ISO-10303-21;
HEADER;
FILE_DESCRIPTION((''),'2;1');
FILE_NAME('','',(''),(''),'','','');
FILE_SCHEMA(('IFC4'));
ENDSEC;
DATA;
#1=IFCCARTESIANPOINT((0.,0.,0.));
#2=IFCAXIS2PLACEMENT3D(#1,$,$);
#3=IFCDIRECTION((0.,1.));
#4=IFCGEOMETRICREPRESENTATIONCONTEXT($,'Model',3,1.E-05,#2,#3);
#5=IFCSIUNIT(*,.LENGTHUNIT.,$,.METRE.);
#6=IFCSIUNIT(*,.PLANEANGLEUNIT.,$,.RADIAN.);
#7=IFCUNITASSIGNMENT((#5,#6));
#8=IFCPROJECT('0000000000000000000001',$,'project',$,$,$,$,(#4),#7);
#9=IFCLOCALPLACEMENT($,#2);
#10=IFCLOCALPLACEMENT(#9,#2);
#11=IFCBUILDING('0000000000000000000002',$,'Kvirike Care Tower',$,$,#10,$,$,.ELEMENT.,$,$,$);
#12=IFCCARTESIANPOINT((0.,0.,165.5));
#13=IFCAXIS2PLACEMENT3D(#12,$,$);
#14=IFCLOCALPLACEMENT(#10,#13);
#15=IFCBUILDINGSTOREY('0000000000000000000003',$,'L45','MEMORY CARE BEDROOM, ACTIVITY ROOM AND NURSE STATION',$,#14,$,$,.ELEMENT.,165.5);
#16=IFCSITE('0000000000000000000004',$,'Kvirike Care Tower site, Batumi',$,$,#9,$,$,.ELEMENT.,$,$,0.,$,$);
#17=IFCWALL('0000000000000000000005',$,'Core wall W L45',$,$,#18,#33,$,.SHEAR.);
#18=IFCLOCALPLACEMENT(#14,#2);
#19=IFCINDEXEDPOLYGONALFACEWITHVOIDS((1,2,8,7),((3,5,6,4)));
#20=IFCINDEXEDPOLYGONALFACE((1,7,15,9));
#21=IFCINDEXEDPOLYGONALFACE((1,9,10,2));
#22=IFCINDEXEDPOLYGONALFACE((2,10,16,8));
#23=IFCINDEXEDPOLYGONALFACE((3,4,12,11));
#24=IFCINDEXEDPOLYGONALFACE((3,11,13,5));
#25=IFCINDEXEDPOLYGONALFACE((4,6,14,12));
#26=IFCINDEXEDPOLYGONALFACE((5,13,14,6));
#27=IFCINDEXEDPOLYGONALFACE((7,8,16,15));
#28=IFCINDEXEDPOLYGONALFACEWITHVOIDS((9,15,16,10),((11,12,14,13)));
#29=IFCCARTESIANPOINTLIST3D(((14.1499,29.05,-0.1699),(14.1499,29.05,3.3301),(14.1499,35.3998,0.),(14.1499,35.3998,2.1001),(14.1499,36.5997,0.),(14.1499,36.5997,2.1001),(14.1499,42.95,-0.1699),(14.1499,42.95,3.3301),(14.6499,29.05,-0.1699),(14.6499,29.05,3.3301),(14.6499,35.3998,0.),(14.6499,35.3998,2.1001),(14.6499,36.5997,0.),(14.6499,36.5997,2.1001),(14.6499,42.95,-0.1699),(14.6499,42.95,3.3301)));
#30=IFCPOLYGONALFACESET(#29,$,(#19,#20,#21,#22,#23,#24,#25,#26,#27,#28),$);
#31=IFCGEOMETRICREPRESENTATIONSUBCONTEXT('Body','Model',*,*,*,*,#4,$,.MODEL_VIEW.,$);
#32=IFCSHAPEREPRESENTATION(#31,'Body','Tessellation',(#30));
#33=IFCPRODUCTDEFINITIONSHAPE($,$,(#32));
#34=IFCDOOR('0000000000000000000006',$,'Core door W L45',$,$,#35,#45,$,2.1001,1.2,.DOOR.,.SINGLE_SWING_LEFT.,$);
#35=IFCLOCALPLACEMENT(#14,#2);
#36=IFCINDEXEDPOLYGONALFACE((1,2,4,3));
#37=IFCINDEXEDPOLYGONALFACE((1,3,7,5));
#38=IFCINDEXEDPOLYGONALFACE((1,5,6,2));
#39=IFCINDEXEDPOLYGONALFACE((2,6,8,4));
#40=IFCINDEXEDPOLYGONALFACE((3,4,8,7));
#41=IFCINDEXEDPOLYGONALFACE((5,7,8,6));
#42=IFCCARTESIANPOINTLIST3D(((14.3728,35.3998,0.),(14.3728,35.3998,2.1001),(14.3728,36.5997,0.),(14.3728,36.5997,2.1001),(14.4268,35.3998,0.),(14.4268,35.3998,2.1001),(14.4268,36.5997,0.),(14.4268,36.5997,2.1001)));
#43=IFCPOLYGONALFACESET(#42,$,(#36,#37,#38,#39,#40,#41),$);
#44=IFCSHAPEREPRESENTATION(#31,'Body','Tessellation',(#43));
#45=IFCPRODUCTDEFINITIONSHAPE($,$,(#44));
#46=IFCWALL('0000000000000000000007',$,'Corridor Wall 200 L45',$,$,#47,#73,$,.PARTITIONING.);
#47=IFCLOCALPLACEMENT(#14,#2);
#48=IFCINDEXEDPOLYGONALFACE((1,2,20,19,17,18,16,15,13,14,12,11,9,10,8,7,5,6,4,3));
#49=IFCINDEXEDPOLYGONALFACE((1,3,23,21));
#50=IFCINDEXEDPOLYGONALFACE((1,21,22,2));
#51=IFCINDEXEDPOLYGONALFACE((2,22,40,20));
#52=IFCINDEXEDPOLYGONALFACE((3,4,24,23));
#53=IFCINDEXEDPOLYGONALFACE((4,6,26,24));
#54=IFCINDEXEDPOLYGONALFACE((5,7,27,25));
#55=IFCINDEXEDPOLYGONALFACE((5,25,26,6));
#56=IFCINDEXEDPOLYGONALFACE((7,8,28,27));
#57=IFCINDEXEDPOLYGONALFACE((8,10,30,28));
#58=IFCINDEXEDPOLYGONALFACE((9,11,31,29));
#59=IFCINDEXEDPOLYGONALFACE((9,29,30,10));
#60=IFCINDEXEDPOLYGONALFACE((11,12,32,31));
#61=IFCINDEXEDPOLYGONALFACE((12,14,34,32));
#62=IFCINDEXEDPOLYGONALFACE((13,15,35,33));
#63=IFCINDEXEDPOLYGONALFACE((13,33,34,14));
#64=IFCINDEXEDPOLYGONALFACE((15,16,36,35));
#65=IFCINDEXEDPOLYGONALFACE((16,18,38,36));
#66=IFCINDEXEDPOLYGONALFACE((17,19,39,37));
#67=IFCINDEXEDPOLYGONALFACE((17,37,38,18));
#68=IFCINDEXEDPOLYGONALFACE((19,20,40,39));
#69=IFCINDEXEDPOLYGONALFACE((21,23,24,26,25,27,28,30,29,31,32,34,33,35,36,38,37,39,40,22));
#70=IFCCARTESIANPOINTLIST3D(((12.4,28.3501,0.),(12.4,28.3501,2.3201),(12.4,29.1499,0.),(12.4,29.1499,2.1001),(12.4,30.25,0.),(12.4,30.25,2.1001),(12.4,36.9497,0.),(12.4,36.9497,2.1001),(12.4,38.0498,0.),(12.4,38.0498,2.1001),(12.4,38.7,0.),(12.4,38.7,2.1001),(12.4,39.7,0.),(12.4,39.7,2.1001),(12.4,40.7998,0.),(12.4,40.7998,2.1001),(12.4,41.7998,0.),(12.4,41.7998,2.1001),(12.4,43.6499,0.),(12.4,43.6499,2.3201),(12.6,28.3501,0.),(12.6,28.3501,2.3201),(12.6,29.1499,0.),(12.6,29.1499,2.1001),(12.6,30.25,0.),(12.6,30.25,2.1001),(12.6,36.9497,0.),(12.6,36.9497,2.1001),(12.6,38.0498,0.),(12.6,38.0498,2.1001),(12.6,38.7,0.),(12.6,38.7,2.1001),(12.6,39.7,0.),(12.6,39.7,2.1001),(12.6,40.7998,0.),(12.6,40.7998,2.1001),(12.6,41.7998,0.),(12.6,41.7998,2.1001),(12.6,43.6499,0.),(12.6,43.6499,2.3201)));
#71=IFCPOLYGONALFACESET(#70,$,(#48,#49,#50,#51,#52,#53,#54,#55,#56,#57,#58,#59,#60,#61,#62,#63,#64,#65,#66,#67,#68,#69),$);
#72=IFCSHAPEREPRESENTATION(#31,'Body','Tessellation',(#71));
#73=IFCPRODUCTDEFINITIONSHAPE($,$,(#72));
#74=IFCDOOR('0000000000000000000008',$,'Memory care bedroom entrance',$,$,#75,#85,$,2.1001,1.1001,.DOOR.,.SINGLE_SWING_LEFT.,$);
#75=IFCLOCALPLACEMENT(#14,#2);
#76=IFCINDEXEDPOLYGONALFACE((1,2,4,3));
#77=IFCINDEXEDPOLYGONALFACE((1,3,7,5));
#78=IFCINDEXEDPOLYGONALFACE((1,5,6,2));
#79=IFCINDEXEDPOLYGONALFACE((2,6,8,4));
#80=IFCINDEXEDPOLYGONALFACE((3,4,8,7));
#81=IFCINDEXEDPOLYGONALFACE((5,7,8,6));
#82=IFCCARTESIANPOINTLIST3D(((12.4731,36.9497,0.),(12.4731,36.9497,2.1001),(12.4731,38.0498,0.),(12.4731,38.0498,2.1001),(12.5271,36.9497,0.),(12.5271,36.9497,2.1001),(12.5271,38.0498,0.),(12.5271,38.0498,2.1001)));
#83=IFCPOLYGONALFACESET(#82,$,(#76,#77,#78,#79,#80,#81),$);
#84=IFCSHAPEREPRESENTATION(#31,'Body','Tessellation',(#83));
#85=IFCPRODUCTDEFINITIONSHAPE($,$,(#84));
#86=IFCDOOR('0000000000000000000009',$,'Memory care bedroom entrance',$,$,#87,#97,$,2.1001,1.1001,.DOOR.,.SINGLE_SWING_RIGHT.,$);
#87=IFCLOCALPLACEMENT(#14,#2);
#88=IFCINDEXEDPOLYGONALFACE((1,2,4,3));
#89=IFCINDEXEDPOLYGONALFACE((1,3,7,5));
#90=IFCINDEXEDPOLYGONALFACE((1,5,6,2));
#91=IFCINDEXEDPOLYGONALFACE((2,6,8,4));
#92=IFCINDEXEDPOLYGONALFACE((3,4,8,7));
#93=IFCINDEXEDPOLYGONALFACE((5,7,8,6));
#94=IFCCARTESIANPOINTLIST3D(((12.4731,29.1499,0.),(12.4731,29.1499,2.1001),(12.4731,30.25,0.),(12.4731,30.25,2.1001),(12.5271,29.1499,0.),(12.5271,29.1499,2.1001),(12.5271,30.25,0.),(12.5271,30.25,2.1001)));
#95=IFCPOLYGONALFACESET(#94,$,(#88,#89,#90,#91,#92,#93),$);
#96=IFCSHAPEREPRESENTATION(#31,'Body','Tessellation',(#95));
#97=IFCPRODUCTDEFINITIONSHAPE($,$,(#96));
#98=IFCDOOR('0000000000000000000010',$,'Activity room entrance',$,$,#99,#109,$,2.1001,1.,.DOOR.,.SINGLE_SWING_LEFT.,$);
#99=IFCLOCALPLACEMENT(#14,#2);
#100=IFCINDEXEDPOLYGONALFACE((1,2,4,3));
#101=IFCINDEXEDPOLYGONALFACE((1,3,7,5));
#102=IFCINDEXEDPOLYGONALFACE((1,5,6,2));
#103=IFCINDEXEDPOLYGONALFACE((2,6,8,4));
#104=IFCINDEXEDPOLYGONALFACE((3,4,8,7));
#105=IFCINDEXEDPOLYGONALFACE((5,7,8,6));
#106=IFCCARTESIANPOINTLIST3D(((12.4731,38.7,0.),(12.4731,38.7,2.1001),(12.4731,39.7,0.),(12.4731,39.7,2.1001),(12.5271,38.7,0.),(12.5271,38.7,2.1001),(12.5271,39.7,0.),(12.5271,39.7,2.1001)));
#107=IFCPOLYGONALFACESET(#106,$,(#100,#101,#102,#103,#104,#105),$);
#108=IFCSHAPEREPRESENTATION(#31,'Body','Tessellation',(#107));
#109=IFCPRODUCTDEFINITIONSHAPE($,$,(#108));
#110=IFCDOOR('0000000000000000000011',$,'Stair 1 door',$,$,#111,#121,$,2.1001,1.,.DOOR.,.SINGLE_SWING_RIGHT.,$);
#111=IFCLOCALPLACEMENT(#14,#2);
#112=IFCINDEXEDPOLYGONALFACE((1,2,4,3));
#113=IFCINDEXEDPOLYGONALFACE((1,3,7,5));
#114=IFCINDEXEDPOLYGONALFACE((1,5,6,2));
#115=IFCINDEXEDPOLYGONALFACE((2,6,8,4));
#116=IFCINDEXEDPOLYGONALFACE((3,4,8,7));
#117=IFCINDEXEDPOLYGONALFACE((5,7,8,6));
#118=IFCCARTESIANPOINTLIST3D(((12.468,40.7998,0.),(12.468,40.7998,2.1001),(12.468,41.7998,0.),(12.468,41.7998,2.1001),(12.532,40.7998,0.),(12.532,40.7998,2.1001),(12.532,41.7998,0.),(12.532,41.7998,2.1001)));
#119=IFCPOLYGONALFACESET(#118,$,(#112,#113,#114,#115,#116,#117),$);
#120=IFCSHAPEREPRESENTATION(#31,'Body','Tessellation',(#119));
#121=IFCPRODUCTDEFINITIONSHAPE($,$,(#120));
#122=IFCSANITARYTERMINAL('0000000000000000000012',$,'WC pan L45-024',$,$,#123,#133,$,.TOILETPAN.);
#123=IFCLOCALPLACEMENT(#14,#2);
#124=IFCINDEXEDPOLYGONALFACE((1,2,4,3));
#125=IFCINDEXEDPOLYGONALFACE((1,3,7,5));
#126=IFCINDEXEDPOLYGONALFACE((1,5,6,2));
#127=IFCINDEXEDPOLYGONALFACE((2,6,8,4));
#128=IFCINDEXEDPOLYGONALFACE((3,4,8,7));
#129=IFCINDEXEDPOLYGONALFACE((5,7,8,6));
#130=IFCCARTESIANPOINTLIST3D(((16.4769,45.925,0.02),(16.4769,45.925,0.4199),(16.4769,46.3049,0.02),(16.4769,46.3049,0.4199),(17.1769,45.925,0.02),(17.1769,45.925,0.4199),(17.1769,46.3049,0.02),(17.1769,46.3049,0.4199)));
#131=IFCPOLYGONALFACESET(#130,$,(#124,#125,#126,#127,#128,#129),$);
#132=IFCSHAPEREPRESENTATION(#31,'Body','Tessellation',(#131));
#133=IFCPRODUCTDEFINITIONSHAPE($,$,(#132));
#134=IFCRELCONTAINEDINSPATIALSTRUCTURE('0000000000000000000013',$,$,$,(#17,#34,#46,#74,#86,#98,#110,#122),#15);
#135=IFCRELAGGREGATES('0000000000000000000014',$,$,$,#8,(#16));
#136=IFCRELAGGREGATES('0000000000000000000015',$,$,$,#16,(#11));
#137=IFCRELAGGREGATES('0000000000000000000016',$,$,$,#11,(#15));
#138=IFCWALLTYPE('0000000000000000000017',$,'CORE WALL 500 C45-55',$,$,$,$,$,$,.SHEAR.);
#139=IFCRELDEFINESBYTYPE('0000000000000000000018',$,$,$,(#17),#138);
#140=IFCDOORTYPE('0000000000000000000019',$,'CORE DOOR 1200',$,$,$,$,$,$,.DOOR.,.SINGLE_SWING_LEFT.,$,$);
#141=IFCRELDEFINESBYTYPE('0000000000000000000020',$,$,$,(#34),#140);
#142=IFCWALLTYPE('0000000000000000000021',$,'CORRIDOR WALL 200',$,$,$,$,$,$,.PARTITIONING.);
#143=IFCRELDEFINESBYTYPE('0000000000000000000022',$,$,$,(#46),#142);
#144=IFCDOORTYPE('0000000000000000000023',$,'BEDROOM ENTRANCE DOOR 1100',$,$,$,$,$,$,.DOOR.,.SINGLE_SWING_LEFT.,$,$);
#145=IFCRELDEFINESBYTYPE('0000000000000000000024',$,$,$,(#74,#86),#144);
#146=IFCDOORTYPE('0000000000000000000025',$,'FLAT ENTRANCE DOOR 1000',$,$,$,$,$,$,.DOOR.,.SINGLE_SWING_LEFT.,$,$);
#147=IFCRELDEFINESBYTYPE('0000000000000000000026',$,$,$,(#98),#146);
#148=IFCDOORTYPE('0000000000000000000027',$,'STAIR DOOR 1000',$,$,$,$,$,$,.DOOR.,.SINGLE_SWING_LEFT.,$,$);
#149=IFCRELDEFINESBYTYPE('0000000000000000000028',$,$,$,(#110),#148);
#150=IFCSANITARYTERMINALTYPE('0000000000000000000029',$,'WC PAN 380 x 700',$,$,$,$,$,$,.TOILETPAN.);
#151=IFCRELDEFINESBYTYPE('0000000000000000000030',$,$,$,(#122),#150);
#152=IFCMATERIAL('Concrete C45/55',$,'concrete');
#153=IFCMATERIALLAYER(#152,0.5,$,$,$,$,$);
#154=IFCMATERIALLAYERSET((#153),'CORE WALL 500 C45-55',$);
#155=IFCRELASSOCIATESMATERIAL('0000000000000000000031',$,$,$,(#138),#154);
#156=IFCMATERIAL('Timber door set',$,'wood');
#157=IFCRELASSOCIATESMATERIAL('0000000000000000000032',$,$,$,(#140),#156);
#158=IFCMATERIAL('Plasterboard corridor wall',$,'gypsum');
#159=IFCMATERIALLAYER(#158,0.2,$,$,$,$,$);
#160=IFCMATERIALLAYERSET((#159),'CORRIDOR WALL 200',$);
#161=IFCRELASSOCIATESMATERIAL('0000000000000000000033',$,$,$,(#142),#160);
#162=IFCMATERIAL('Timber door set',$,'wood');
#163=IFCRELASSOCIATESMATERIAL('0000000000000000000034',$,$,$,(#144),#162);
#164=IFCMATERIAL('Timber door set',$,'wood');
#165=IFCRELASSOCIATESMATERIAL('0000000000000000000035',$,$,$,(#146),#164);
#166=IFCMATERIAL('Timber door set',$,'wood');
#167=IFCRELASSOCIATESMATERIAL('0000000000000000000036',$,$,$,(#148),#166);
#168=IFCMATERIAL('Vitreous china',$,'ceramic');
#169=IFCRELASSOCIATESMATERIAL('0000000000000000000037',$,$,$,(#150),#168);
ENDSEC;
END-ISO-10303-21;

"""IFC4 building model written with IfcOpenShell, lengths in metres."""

from ifc_helpers import new_model, si_unit, direction, frame, frame_2d, origin, origin_2d, place, context, subcontext, project, spatial, rectangle, extrude, material, layer, layer_set, type_object, element, fill, save


model = new_model("IFC4")

# Units and contexts
model_context = context("Model", 3, precision=1e-05, world=origin(), true_north=direction((0.0, 1.0)))
body_context = subcontext(model_context, "Body", "Model", "MODEL_VIEW")
ifc_project = project(units=[si_unit("LENGTHUNIT", "METRE"), si_unit("PLANEANGLEUNIT", "RADIAN")], contexts=[model_context])

# Site, building, storey
site_placement = place(None, origin())
site = spatial("IfcSite", under=ifc_project, at=site_placement, Name="Kvirike Care Tower site, Batumi", CompositionType="ELEMENT", RefElevation=0.0)
building_placement = place(site_placement, origin())
building = spatial("IfcBuilding", under=site, at=building_placement, Name="Kvirike Care Tower", CompositionType="ELEMENT")
storey_placement = place(building_placement, frame((0.0, 0.0, 165.5)))
storey = spatial("IfcBuildingStorey", under=building, at=storey_placement, Name="L45", Description="MEMORY CARE BEDROOM, ACTIVITY ROOM AND NURSE STATION", CompositionType="ELEMENT", Elevation=165.5)

# Wall, opening, door
ifc_material_1 = material(Name="Concrete C45/55", Category="concrete")
ifc_layer_1 = layer(ifc_material_1, 0.5)
ifc_layer_set_1 = layer_set([ifc_layer_1], Name="CORE WALL 500 C45-55")
wall_type_1 = type_object("IfcWallType", Name="CORE WALL 500 C45-55", PredefinedType="SHEAR", material=ifc_layer_set_1)
wall_1_placement = place(storey_placement, frame((14.3999, 42.95, -0.1699), z_axis=(0.0, 0.0, 1.0), x_axis=(0.0, -1.0, 0.0)))
wall_1 = element("IfcWall", 1, at=wall_1_placement, inside=storey, type_object=wall_type_1, Name="Core wall W L45", PredefinedType="SHEAR", context=body_context, shape_type="SweptSolid", body=[
    extrude(rectangle(XDim=13.8999, YDim=0.5, at=frame_2d((6.95, 0.0))), origin(), (0.0, 0.0, 1.0), 3.5),
])
opening_1_placement = place(wall_1_placement, frame((6.3501, 0.0, 0.1699)))
opening_1 = element("IfcOpeningElement", 2, at=opening_1_placement, cuts=wall_1, PredefinedType="OPENING", context=body_context, shape_type="SweptSolid", body=[
    extrude(rectangle(XDim=1.2, YDim=2.1001, at=frame_2d((0.6001, 1.05))), frame((0.0, 0.2605, 0.0), z_axis=(0.0, -1.0, 0.0), x_axis=(1.0, 0.0, 0.0)), (0.0, 0.0, 1.0), 0.521),
])
ifc_material_2 = material(Name="Timber door set", Category="wood")
door_type_1 = type_object("IfcDoorType", Name="CORE DOOR 1200", OperationType="SINGLE_SWING_LEFT", PredefinedType="DOOR", material=ifc_material_2)
door_1_placement = place(opening_1_placement, origin())
door_1 = element("IfcDoor", 3, at=door_1_placement, inside=storey, type_object=door_type_1, Name="Core door W L45", OperationType="SINGLE_SWING_LEFT", OverallHeight=2.1001, OverallWidth=1.2, PredefinedType="DOOR", context=body_context, shape_type="SweptSolid", body=[
    extrude(rectangle(XDim=1.2, YDim=2.1001, at=frame_2d((0.6001, 1.05))), frame((0.0, 0.0269, 0.0), z_axis=(0.0, -1.0, 0.0), x_axis=(1.0, 0.0, 0.0)), (0.0, 0.0, 1.0), 0.054),
])
fill(opening_1, door_1)

# Wall, openings, doors
ifc_material_3 = material(Name="Plasterboard corridor wall", Category="gypsum")
ifc_layer_2 = layer(ifc_material_3, 0.2)
ifc_layer_set_2 = layer_set([ifc_layer_2], Name="CORRIDOR WALL 200")
wall_type_2 = type_object("IfcWallType", Name="CORRIDOR WALL 200", PredefinedType="PARTITIONING", material=ifc_layer_set_2)
wall_2_placement = place(storey_placement, frame((12.5, 43.6499, 0.0), z_axis=(0.0, 0.0, 1.0), x_axis=(0.0, -1.0, 0.0)))
wall_2 = element("IfcWall", 4, at=wall_2_placement, inside=storey, type_object=wall_type_2, Name="Corridor Wall 200 L45", PredefinedType="PARTITIONING", context=body_context, shape_type="SweptSolid", body=[
    extrude(rectangle(XDim=15.2998, YDim=0.2, at=frame_2d((7.6499, 0.0))), origin(), (0.0, 0.0, 1.0), 2.3201),
])
opening_2_placement = place(wall_2_placement, frame((1.8501, 0.0, 0.0)))
opening_2 = element("IfcOpeningElement", 5, at=opening_2_placement, cuts=wall_2, PredefinedType="OPENING", context=body_context, shape_type="SweptSolid", body=[
    extrude(rectangle(XDim=1.0, YDim=2.1001, at=frame_2d((0.5, 1.05))), frame((0.0, 0.1106, 0.0), z_axis=(0.0, -1.0, 0.0), x_axis=(1.0, 0.0, 0.0)), (0.0, 0.0, 1.0), 0.2209),
])
opening_3_placement = place(wall_2_placement, frame((3.95, 0.0, 0.0)))
opening_3 = element("IfcOpeningElement", 6, at=opening_3_placement, cuts=wall_2, PredefinedType="OPENING", context=body_context, shape_type="SweptSolid", body=[
    extrude(rectangle(XDim=1.0, YDim=2.1001, at=frame_2d((0.5, 1.05))), frame((0.0, 0.1106, 0.0), z_axis=(0.0, -1.0, 0.0), x_axis=(1.0, 0.0, 0.0)), (0.0, 0.0, 1.0), 0.2209),
])
opening_4_placement = place(wall_2_placement, frame((5.6001, 0.0, 0.0)))
opening_4 = element("IfcOpeningElement", 7, at=opening_4_placement, cuts=wall_2, PredefinedType="OPENING", context=body_context, shape_type="SweptSolid", body=[
    extrude(rectangle(XDim=1.1001, YDim=2.1001, at=frame_2d((0.55, 1.05))), frame((0.0, 0.1106, 0.0), z_axis=(0.0, -1.0, 0.0), x_axis=(1.0, 0.0, 0.0)), (0.0, 0.0, 1.0), 0.2209),
])
opening_5_placement = place(wall_2_placement, frame((13.3999, 0.0, 0.0)))
opening_5 = element("IfcOpeningElement", 8, at=opening_5_placement, cuts=wall_2, PredefinedType="OPENING", context=body_context, shape_type="SweptSolid", body=[
    extrude(rectangle(XDim=1.1001, YDim=2.1001, at=frame_2d((0.55, 1.05))), frame((0.0, 0.1106, 0.0), z_axis=(0.0, -1.0, 0.0), x_axis=(1.0, 0.0, 0.0)), (0.0, 0.0, 1.0), 0.2209),
])
ifc_material_4 = material(Name="Timber door set", Category="wood")
door_type_2 = type_object("IfcDoorType", Name="BEDROOM ENTRANCE DOOR 1100", OperationType="SINGLE_SWING_LEFT", PredefinedType="DOOR", material=ifc_material_4)
door_2_placement = place(opening_4_placement, frame((1.1001, 0.0, 0.0), z_axis=(0.0, 0.0, 1.0), x_axis=(-1.0, 0.0, 0.0)))
door_2 = element("IfcDoor", 9, at=door_2_placement, inside=storey, type_object=door_type_2, Name="Memory care bedroom entrance", OperationType="SINGLE_SWING_LEFT", OverallHeight=2.1001, OverallWidth=1.1001, PredefinedType="DOOR", context=body_context, shape_type="SweptSolid", body=[
    extrude(rectangle(XDim=1.1001, YDim=2.1001, at=frame_2d((0.55, 1.05))), frame((0.0, 0.0269, 0.0), z_axis=(0.0, -1.0, 0.0), x_axis=(1.0, 0.0, 0.0)), (0.0, 0.0, 1.0), 0.054),
])
fill(opening_4, door_2)
door_3_placement = place(opening_5_placement, frame((1.1001, 0.0, 0.0), z_axis=(0.0, 0.0, 1.0), x_axis=(-1.0, 0.0, 0.0)))
door_3 = element("IfcDoor", 10, at=door_3_placement, inside=storey, type_object=door_type_2, Name="Memory care bedroom entrance", OperationType="SINGLE_SWING_RIGHT", OverallHeight=2.1001, OverallWidth=1.1001, PredefinedType="DOOR", context=body_context, shape_type="SweptSolid", body=[
    extrude(rectangle(XDim=1.1001, YDim=2.1001, at=frame_2d((0.55, 1.05))), frame((0.0, 0.0269, 0.0), z_axis=(0.0, -1.0, 0.0), x_axis=(1.0, 0.0, 0.0)), (0.0, 0.0, 1.0), 0.054),
])
fill(opening_5, door_3)
ifc_material_5 = material(Name="Timber door set", Category="wood")
door_type_3 = type_object("IfcDoorType", Name="FLAT ENTRANCE DOOR 1000", OperationType="SINGLE_SWING_LEFT", PredefinedType="DOOR", material=ifc_material_5)
door_4_placement = place(opening_3_placement, frame((1.0, 0.0, 0.0), z_axis=(0.0, 0.0, 1.0), x_axis=(-1.0, 0.0, 0.0)))
door_4 = element("IfcDoor", 11, at=door_4_placement, inside=storey, type_object=door_type_3, Name="Activity room entrance", OperationType="SINGLE_SWING_LEFT", OverallHeight=2.1001, OverallWidth=1.0, PredefinedType="DOOR", context=body_context, shape_type="SweptSolid", body=[
    extrude(rectangle(XDim=1.0, YDim=2.1001, at=frame_2d((0.5, 1.05))), frame((0.0, 0.0269, 0.0), z_axis=(0.0, -1.0, 0.0), x_axis=(1.0, 0.0, 0.0)), (0.0, 0.0, 1.0), 0.054),
])
fill(opening_3, door_4)
ifc_material_6 = material(Name="Timber door set", Category="wood")
door_type_4 = type_object("IfcDoorType", Name="STAIR DOOR 1000", OperationType="SINGLE_SWING_LEFT", PredefinedType="DOOR", material=ifc_material_6)
door_5_placement = place(opening_2_placement, frame((1.0, 0.0, 0.0), z_axis=(0.0, 0.0, 1.0), x_axis=(-1.0, 0.0, 0.0)))
door_5 = element("IfcDoor", 12, at=door_5_placement, inside=storey, type_object=door_type_4, Name="Stair 1 door", OperationType="SINGLE_SWING_RIGHT", OverallHeight=2.1001, OverallWidth=1.0, PredefinedType="DOOR", context=body_context, shape_type="SweptSolid", body=[
    extrude(rectangle(XDim=1.0, YDim=2.1001, at=frame_2d((0.5, 1.05))), frame((0.0, 0.032, 0.0), z_axis=(0.0, -1.0, 0.0), x_axis=(1.0, 0.0, 0.0)), (0.0, 0.0, 1.0), 0.064),
])
fill(opening_2, door_5)

# Sanitary terminal
ifc_material_7 = material(Name="Vitreous china", Category="ceramic")
sanitary_terminal_type = type_object("IfcSanitaryTerminalType", Name="WC PAN 380 x 700", PredefinedType="TOILETPAN", material=ifc_material_7)
sanitary_terminal_placement = place(storey_placement, frame((16.8269, 46.115, 0.02), z_axis=(0.0, 0.0, 1.0), x_axis=(0.0, 1.0, 0.0)))
element("IfcSanitaryTerminal", 13, at=sanitary_terminal_placement, inside=storey, type_object=sanitary_terminal_type, Name="WC pan L45-024", PredefinedType="TOILETPAN", context=body_context, shape_type="SweptSolid", body=[
    extrude(rectangle(XDim=0.3799, YDim=0.7, at=origin_2d()), origin(), (0.0, 0.0, 1.0), 0.3999),
])

save(model, "model.ifc")
